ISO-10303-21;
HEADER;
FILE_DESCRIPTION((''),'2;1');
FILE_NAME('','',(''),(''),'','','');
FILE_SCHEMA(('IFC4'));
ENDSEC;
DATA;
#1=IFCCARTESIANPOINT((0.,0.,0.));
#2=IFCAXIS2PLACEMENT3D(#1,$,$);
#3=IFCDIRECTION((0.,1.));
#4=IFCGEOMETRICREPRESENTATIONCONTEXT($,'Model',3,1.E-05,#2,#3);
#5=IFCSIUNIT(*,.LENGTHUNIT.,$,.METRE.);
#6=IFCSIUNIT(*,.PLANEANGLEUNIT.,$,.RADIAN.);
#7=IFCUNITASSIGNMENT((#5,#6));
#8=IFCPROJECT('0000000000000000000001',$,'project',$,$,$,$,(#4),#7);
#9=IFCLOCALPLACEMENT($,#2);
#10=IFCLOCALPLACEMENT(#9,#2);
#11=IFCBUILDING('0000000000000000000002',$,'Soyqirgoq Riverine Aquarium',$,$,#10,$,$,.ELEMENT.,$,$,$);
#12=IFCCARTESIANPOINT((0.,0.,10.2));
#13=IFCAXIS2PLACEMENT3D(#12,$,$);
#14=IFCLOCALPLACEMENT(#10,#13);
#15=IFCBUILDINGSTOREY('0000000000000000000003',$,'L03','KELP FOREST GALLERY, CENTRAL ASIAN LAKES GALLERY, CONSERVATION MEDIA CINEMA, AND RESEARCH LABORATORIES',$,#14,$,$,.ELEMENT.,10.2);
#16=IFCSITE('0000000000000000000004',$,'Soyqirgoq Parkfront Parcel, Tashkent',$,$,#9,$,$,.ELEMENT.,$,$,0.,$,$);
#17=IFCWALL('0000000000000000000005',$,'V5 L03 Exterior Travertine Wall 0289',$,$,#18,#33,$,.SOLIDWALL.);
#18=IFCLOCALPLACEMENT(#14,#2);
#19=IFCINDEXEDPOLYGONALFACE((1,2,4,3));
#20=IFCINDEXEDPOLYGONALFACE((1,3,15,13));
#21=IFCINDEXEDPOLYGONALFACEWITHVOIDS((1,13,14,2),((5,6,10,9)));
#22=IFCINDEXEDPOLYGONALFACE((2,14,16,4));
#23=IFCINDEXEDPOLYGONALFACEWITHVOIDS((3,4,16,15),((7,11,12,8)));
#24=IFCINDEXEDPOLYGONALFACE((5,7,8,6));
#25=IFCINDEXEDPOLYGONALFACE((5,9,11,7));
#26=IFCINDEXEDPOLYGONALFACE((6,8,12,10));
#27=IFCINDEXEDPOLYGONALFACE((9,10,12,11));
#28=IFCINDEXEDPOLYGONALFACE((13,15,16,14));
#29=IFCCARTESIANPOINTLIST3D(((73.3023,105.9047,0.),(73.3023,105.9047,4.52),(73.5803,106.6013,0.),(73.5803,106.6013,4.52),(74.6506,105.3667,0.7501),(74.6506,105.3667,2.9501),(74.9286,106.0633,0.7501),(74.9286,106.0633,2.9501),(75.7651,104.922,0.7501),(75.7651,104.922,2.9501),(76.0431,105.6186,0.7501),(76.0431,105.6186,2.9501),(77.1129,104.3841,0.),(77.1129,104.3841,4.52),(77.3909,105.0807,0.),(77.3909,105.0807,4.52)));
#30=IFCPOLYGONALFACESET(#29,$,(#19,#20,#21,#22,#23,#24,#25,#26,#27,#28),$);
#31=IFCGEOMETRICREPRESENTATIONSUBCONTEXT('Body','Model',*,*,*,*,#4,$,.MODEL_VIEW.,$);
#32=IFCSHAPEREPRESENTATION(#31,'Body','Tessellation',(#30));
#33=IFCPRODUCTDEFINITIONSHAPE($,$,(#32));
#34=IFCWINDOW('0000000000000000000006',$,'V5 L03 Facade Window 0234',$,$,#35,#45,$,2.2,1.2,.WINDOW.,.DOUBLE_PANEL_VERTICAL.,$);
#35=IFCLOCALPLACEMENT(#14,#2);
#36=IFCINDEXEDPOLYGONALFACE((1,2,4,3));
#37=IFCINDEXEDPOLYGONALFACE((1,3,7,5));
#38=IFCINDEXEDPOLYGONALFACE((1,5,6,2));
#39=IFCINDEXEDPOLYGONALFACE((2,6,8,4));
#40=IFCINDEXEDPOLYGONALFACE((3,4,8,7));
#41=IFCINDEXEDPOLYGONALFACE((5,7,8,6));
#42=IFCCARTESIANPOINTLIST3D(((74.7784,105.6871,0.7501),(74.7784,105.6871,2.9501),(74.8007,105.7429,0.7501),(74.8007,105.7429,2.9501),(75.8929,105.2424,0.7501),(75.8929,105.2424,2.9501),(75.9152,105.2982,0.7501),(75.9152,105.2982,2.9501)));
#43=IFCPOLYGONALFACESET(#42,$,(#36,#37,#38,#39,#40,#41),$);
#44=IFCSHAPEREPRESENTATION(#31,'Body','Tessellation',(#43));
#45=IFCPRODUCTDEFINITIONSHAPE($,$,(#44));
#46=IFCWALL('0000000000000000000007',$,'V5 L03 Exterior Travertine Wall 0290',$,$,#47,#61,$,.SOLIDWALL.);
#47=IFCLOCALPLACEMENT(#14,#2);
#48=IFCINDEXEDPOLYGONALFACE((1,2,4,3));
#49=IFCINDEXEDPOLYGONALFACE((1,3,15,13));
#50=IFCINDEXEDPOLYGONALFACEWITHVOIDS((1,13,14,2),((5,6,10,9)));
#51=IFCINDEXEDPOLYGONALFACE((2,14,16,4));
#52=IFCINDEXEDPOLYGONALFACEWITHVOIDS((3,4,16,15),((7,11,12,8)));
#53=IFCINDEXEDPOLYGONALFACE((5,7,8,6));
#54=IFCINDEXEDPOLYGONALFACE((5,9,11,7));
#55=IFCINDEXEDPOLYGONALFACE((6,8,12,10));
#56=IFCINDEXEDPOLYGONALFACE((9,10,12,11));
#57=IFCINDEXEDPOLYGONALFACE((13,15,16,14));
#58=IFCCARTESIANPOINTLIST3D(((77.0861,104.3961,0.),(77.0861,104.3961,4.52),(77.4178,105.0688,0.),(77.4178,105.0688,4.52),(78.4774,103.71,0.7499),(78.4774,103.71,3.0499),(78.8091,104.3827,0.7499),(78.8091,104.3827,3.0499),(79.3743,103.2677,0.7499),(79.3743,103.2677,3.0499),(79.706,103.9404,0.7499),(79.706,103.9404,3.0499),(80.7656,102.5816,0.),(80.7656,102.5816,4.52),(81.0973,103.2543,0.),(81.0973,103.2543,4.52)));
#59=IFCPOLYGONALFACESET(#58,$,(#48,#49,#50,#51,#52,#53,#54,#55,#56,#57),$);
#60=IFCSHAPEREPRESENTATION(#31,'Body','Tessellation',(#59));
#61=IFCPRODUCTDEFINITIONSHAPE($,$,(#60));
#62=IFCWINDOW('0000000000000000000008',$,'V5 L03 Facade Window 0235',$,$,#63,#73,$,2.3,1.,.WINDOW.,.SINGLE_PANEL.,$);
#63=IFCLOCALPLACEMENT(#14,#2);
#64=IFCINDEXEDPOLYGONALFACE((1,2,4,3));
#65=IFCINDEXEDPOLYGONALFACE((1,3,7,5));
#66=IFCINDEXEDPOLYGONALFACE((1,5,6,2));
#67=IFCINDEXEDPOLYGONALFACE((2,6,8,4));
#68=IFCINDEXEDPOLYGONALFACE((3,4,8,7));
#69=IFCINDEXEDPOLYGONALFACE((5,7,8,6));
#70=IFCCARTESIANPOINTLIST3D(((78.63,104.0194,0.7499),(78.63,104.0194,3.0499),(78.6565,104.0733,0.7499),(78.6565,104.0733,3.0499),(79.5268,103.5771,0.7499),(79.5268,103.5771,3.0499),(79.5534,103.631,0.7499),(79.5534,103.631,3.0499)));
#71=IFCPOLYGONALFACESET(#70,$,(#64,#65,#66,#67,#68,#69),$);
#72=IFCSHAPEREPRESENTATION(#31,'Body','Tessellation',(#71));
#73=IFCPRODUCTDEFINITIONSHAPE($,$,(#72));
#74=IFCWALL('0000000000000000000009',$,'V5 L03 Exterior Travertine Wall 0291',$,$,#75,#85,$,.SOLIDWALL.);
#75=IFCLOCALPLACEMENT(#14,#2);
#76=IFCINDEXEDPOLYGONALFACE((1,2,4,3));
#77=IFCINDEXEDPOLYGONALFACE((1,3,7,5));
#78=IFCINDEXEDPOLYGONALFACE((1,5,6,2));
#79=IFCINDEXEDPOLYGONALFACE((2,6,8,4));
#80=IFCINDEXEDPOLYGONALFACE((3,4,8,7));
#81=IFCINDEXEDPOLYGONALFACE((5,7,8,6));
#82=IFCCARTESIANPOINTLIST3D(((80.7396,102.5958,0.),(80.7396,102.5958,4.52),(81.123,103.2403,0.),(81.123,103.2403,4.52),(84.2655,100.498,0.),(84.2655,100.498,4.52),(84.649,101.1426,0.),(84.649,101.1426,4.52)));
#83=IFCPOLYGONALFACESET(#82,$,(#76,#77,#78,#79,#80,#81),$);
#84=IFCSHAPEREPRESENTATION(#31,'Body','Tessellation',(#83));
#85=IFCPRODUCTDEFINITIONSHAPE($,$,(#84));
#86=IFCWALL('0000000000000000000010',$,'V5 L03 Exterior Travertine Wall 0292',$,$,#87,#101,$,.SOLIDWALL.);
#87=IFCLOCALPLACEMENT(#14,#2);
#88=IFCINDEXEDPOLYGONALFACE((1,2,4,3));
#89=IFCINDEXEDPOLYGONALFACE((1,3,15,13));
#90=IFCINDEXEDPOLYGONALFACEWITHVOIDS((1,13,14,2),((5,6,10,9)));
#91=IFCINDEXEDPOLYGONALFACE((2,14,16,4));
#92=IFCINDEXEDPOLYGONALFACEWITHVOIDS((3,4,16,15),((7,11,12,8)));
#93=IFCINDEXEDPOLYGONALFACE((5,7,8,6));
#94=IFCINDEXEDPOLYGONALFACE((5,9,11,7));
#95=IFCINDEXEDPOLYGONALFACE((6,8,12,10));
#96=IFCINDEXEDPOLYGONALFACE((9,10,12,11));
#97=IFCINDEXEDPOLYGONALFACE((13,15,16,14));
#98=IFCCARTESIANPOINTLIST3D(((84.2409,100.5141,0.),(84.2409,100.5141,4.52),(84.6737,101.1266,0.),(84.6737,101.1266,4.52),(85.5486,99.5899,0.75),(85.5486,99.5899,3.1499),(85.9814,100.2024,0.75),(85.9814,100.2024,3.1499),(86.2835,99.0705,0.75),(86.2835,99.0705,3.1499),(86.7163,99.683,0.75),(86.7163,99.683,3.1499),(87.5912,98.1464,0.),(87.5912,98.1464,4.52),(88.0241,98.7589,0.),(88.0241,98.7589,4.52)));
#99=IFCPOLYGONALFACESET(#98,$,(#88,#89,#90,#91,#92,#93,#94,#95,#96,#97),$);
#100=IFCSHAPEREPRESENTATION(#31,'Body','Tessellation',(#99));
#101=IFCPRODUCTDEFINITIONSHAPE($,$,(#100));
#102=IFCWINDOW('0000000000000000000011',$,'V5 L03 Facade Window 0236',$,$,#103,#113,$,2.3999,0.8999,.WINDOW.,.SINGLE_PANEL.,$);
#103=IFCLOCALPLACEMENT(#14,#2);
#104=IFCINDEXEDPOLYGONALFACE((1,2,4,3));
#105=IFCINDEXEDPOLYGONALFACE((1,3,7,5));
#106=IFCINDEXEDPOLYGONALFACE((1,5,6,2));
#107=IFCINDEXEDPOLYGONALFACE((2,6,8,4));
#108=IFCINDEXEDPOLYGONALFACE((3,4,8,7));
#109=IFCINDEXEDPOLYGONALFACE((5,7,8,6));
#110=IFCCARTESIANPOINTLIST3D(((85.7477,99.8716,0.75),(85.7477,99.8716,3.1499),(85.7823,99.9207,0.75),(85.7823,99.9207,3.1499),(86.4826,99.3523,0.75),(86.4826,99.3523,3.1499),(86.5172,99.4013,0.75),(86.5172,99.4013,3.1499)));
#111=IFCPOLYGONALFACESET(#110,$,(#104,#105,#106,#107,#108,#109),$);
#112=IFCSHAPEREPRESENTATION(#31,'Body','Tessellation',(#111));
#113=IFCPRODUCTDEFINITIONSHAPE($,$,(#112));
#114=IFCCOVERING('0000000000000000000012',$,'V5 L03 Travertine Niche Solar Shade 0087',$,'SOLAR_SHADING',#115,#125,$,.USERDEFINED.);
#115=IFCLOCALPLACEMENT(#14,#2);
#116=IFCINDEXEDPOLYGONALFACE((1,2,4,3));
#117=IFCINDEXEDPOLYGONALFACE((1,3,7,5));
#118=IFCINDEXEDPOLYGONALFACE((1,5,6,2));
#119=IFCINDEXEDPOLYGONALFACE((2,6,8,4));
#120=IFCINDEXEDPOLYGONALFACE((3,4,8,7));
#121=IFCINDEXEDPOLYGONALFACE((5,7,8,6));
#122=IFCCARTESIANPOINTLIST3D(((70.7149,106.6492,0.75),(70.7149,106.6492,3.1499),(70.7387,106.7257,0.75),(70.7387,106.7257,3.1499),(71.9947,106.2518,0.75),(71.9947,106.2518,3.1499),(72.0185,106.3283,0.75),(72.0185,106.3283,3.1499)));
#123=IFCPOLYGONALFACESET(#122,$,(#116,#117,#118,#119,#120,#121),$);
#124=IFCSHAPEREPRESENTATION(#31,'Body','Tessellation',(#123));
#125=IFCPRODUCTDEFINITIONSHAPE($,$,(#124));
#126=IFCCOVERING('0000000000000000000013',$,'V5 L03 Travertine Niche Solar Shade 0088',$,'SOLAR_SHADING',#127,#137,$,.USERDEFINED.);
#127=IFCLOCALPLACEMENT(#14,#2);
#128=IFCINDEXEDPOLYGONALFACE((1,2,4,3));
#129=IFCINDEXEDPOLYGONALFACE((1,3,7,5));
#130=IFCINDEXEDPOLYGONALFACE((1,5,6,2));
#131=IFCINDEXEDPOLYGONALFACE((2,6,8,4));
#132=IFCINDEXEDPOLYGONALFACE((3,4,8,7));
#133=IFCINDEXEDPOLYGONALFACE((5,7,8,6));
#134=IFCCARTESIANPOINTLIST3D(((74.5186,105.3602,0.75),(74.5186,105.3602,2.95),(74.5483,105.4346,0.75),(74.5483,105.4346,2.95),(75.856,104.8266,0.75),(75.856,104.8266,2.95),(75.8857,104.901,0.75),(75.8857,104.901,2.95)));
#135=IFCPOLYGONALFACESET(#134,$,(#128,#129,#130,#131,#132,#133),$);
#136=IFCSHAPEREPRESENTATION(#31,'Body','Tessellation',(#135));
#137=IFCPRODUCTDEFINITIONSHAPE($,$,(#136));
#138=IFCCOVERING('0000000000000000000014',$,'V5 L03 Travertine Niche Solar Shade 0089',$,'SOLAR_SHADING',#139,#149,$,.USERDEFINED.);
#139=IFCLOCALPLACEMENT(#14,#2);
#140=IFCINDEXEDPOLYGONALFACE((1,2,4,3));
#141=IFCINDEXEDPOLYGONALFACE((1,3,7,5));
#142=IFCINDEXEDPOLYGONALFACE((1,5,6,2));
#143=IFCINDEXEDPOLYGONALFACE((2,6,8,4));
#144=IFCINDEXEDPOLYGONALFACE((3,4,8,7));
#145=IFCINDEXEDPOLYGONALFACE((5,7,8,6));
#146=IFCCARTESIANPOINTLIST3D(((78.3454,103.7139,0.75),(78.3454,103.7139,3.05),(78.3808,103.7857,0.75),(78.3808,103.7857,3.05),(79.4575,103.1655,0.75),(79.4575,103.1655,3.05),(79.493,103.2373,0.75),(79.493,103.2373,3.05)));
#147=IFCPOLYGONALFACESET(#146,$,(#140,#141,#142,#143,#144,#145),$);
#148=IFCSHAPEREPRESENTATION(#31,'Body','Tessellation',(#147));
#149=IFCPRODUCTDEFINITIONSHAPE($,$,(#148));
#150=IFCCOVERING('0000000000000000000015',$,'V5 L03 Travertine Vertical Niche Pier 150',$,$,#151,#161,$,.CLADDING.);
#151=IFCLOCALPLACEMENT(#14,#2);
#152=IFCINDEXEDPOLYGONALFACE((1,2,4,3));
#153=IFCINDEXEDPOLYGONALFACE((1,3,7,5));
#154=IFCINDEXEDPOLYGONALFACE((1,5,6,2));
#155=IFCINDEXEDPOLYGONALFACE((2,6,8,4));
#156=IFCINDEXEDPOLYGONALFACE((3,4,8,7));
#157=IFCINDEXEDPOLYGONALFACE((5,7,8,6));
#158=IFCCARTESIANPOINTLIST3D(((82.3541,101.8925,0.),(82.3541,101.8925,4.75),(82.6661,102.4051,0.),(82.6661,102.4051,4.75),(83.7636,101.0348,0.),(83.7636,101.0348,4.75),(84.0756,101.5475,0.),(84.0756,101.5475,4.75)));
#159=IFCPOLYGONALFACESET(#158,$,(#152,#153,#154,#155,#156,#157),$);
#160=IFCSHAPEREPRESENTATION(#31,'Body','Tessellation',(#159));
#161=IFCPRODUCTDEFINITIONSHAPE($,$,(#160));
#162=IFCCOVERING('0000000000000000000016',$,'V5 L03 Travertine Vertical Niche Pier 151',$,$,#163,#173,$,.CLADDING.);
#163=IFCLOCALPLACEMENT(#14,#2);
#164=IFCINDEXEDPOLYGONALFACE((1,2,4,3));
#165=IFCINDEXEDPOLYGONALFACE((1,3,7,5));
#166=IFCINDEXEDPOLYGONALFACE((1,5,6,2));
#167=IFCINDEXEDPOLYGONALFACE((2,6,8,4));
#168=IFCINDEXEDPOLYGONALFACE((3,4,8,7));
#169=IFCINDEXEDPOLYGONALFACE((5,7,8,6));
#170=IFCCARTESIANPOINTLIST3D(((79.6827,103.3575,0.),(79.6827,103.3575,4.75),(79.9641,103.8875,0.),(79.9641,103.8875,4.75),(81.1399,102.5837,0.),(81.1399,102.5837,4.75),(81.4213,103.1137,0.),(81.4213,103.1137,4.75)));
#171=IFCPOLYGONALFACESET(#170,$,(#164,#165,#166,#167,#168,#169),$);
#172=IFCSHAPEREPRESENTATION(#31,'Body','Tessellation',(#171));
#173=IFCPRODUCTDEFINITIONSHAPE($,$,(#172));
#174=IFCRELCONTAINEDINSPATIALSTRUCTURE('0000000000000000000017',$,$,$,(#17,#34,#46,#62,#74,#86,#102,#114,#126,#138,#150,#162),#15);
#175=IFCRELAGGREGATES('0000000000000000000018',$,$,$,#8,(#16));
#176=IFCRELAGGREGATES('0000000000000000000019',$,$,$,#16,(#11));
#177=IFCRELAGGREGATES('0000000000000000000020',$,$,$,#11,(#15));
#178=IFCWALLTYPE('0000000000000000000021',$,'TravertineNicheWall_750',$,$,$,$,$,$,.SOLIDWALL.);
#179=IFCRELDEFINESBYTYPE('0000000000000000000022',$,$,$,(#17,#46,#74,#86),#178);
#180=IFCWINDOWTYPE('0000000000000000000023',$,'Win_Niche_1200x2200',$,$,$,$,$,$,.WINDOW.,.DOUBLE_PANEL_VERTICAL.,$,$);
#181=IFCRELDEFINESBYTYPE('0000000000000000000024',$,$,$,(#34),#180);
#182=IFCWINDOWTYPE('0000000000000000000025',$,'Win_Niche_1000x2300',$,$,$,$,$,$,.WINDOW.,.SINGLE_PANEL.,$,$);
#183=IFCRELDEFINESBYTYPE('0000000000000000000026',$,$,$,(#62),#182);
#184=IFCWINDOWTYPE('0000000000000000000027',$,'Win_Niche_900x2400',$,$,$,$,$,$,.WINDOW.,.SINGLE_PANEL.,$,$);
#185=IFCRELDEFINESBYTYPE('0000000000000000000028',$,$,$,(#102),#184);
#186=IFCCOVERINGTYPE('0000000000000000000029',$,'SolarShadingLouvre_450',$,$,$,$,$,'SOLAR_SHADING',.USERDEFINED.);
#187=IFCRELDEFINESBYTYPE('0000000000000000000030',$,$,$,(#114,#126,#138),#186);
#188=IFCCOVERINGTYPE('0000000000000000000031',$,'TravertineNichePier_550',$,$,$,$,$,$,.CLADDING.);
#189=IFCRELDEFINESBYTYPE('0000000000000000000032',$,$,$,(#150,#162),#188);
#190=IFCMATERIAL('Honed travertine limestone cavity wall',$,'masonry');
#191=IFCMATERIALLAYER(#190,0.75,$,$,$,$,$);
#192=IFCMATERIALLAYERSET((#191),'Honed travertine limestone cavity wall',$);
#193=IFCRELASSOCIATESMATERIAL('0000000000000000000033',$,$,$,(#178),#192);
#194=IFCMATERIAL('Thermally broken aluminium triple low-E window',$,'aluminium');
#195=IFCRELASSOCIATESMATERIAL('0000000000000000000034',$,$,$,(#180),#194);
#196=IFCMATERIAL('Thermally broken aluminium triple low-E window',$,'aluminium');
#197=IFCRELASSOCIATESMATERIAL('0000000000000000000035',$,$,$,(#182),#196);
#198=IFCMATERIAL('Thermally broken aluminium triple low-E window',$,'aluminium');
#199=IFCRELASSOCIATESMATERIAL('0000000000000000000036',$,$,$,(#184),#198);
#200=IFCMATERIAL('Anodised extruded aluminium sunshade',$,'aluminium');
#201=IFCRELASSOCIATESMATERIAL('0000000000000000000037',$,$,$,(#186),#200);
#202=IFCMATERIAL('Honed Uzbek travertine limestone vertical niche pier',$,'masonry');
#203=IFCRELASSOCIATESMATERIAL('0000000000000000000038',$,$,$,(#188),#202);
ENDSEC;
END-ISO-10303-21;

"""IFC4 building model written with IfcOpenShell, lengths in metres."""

from ifc_helpers import new_model, si_unit, direction, frame, frame_2d, origin, origin_2d, place, context, subcontext, project, spatial, rectangle, extrude, material, layer, layer_set, type_object, element, fill, save


model = new_model("IFC4")

# Units and contexts
model_context = context("Model", 3, precision=1e-05, world=origin(), true_north=direction((0.0, 1.0)))
body_context = subcontext(model_context, "Body", "Model", "MODEL_VIEW")
ifc_project = project(units=[si_unit("LENGTHUNIT", "METRE"), si_unit("PLANEANGLEUNIT", "RADIAN")], contexts=[model_context])

# Site, building, storey
site_placement = place(None, origin())
site = spatial("IfcSite", under=ifc_project, at=site_placement, Name="Soyqirgoq Parkfront Parcel, Tashkent", CompositionType="ELEMENT", RefElevation=0.0)
building_placement = place(site_placement, origin())
building = spatial("IfcBuilding", under=site, at=building_placement, Name="Soyqirgoq Riverine Aquarium", CompositionType="ELEMENT")
storey_placement = place(building_placement, frame((0.0, 0.0, 10.2)))
storey = spatial("IfcBuildingStorey", under=building, at=storey_placement, Name="L03", Description="KELP FOREST GALLERY, CENTRAL ASIAN LAKES GALLERY, CONSERVATION MEDIA CINEMA, AND RESEARCH LABORATORIES", CompositionType="ELEMENT", Elevation=10.2)

# Walls, openings, windows
ifc_material_1 = material(Name="Honed travertine limestone cavity wall", Category="masonry")
ifc_layer = layer(ifc_material_1, 0.75)
ifc_layer_set = layer_set([ifc_layer], Name="Honed travertine limestone cavity wall")
wall_type = type_object("IfcWallType", Name="TravertineNicheWall_750", PredefinedType="SOLIDWALL", material=ifc_layer_set)
wall_1_placement = place(storey_placement, frame((73.4414, 106.2529, 0.0), z_axis=(0.0, 0.0, 1.0), x_axis=(0.928788, -0.370611, 0.0)))
wall_1 = element("IfcWall", 1, at=wall_1_placement, inside=storey, type_object=wall_type, Name="V5 L03 Exterior Travertine Wall 0289", PredefinedType="SOLIDWALL", context=body_context, shape_type="SweptSolid", body=[
    extrude(rectangle(XDim=4.1028, YDim=0.75, at=frame_2d((2.0513, 0.0))), origin(), (0.0, 0.0, 1.0), 4.52),
])
opening_1_placement = place(wall_1_placement, frame((1.4514, 0.0, 0.75)))
opening_1 = element("IfcOpeningElement", 2, at=opening_1_placement, cuts=wall_1, PredefinedType="OPENING", context=body_context, shape_type="SweptSolid", body=[
    extrude(rectangle(XDim=1.2, YDim=2.2, at=frame_2d((0.6001, 1.1001))), frame((0.0, 0.385, 0.0), z_axis=(0.0, -1.0, 0.0), x_axis=(1.0, 0.0, 0.0)), (0.0, 0.0, 1.0), 0.77),
])
ifc_material_2 = material(Name="Thermally broken aluminium triple low-E window", Category="aluminium")
window_type_1 = type_object("IfcWindowType", Name="Win_Niche_1200x2200", PartitioningType="DOUBLE_PANEL_VERTICAL", PredefinedType="WINDOW", material=ifc_material_2)
window_1_placement = place(opening_1_placement, origin())
window_1 = element("IfcWindow", 3, at=window_1_placement, inside=storey, type_object=window_type_1, Name="V5 L03 Facade Window 0234", OverallHeight=2.2, OverallWidth=1.2, PartitioningType="DOUBLE_PANEL_VERTICAL", PredefinedType="WINDOW", context=body_context, shape_type="SweptSolid", body=[
    extrude(rectangle(XDim=1.2, YDim=2.2, at=frame_2d((0.6001, 1.1001))), frame((0.0, 0.03, 0.0), z_axis=(0.0, -1.0, 0.0), x_axis=(1.0, 0.0, 0.0)), (0.0, 0.0, 1.0), 0.0601),
])
fill(opening_1, window_1)
wall_2_placement = place(storey_placement, frame((77.252, 104.7324, 0.0), z_axis=(0.0, 0.0, 1.0), x_axis=(0.896877, -0.442279, 0.0)))
wall_2 = element("IfcWall", 4, at=wall_2_placement, inside=storey, type_object=wall_type, Name="V5 L03 Exterior Travertine Wall 0290", PredefinedType="SOLIDWALL", context=body_context, shape_type="SweptSolid", body=[
    extrude(rectangle(XDim=4.1025, YDim=0.75, at=frame_2d((2.0513, 0.0))), origin(), (0.0, 0.0, 1.0), 4.52),
])
opening_2_placement = place(wall_2_placement, frame((1.5513, 0.0, 0.75)))
opening_2 = element("IfcOpeningElement", 5, at=opening_2_placement, cuts=wall_2, PredefinedType="OPENING", context=body_context, shape_type="SweptSolid", body=[
    extrude(rectangle(XDim=1.0, YDim=2.3, at=frame_2d((0.5, 1.1499))), frame((0.0, 0.385, 0.0), z_axis=(0.0, -1.0, 0.0), x_axis=(1.0, 0.0, 0.0)), (0.0, 0.0, 1.0), 0.77),
])
ifc_material_3 = material(Name="Thermally broken aluminium triple low-E window", Category="aluminium")
window_type_2 = type_object("IfcWindowType", Name="Win_Niche_1000x2300", PartitioningType="SINGLE_PANEL", PredefinedType="WINDOW", material=ifc_material_3)
window_2_placement = place(opening_2_placement, origin())
window_2 = element("IfcWindow", 6, at=window_2_placement, inside=storey, type_object=window_type_2, Name="V5 L03 Facade Window 0235", OverallHeight=2.3, OverallWidth=1.0, PartitioningType="SINGLE_PANEL", PredefinedType="WINDOW", context=body_context, shape_type="SweptSolid", body=[
    extrude(rectangle(XDim=1.0, YDim=2.3, at=frame_2d((0.5, 1.1499))), frame((0.0, 0.03, 0.0), z_axis=(0.0, -1.0, 0.0), x_axis=(1.0, 0.0, 0.0)), (0.0, 0.0, 1.0), 0.0601),
])
fill(opening_2, window_2)

# Wall
wall_3_placement = place(storey_placement, frame((80.9314, 102.918, 0.0), z_axis=(0.0, 0.0, 1.0), x_axis=(0.859409, -0.511289, 0.0)))
element("IfcWall", 7, at=wall_3_placement, inside=storey, type_object=wall_type, Name="V5 L03 Exterior Travertine Wall 0291", PredefinedType="SOLIDWALL", context=body_context, shape_type="SweptSolid", body=[
    extrude(rectangle(XDim=4.1028, YDim=0.75, at=frame_2d((2.0513, 0.0))), origin(), (0.0, 0.0, 1.0), 4.52),
])

# Wall, opening, window
wall_4_placement = place(storey_placement, frame((84.4573, 100.8203, 0.0), z_axis=(0.0, 0.0, 1.0), x_axis=(0.816654, -0.577127, 0.0)))
wall_4 = element("IfcWall", 8, at=wall_4_placement, inside=storey, type_object=wall_type, Name="V5 L03 Exterior Travertine Wall 0292", PredefinedType="SOLIDWALL", context=body_context, shape_type="SweptSolid", body=[
    extrude(rectangle(XDim=4.1025, YDim=0.75, at=frame_2d((2.0513, 0.0))), origin(), (0.0, 0.0, 1.0), 4.52),
])
opening_3_placement = place(wall_4_placement, frame((1.6013, 0.0, 0.75)))
opening_3 = element("IfcOpeningElement", 9, at=opening_3_placement, cuts=wall_4, PredefinedType="OPENING", context=body_context, shape_type="SweptSolid", body=[
    extrude(rectangle(XDim=0.8999, YDim=2.3999, at=frame_2d((0.45, 1.2))), frame((0.0, 0.385, 0.0), z_axis=(0.0, -1.0, 0.0), x_axis=(1.0, 0.0, 0.0)), (0.0, 0.0, 1.0), 0.77),
])
ifc_material_4 = material(Name="Thermally broken aluminium triple low-E window", Category="aluminium")
window_type_3 = type_object("IfcWindowType", Name="Win_Niche_900x2400", PartitioningType="SINGLE_PANEL", PredefinedType="WINDOW", material=ifc_material_4)
window_3_placement = place(opening_3_placement, origin())
window_3 = element("IfcWindow", 10, at=window_3_placement, inside=storey, type_object=window_type_3, Name="V5 L03 Facade Window 0236", OverallHeight=2.3999, OverallWidth=0.8999, PartitioningType="SINGLE_PANEL", PredefinedType="WINDOW", context=body_context, shape_type="SweptSolid", body=[
    extrude(rectangle(XDim=0.8999, YDim=2.3999, at=frame_2d((0.45, 1.2))), frame((0.0, 0.03, 0.0), z_axis=(0.0, -1.0, 0.0), x_axis=(1.0, 0.0, 0.0)), (0.0, 0.0, 1.0), 0.0601),
])
fill(opening_3, window_3)

# Coverings
ifc_material_5 = material(Name="Anodised extruded aluminium sunshade", Category="aluminium")
covering_type_1 = type_object("IfcCoveringType", Name="SolarShadingLouvre_450", ElementType="SOLAR_SHADING", PredefinedType="USERDEFINED", material=ifc_material_5)
covering_1_placement = place(storey_placement, frame((71.3667, 106.4888, 0.75), z_axis=(0.0, 0.0, 1.0), x_axis=(0.95502, -0.296542, 0.0)))
element("IfcCovering", 11, at=covering_1_placement, inside=storey, type_object=covering_type_1, Name="V5 L03 Travertine Niche Solar Shade 0087", ObjectType="SOLAR_SHADING", PredefinedType="USERDEFINED", context=body_context, shape_type="SweptSolid", body=[
    extrude(rectangle(XDim=1.3401, YDim=0.0801, at=origin_2d()), origin(), (0.0, 0.0, 1.0), 2.3999),
])
covering_2_placement = place(storey_placement, frame((75.2021, 105.1306, 0.75), z_axis=(0.0, 0.0, 1.0), x_axis=(0.92881, -0.370557, 0.0)))
element("IfcCovering", 12, at=covering_2_placement, inside=storey, type_object=covering_type_1, Name="V5 L03 Travertine Niche Solar Shade 0088", ObjectType="SOLAR_SHADING", PredefinedType="USERDEFINED", context=body_context, shape_type="SweptSolid", body=[
    extrude(rectangle(XDim=1.4399, YDim=0.0801, at=origin_2d()), origin(), (0.0, 0.0, 1.0), 2.2),
])
covering_3_placement = place(storey_placement, frame((78.9192, 103.4756, 0.75), z_axis=(0.0, 0.0, 1.0), x_axis=(0.896873, -0.442289, 0.0)))
element("IfcCovering", 13, at=covering_3_placement, inside=storey, type_object=covering_type_1, Name="V5 L03 Travertine Niche Solar Shade 0089", ObjectType="SOLAR_SHADING", PredefinedType="USERDEFINED", context=body_context, shape_type="SweptSolid", body=[
    extrude(rectangle(XDim=1.24, YDim=0.0801, at=origin_2d()), origin(), (0.0, 0.0, 1.0), 2.3),
])
ifc_material_6 = material(Name="Honed Uzbek travertine limestone vertical niche pier", Category="masonry")
covering_type_2 = type_object("IfcCoveringType", Name="TravertineNichePier_550", PredefinedType="CLADDING", material=ifc_material_6)
for number, where, z_axis, x_axis, name in (
    (14, (83.2148, 101.72, 0.0), (0.0, 0.0, 1.0), (0.519817, 0.854277, 0.0), "V5 L03 Travertine Vertical Niche Pier 150"),
    (15, (80.552, 103.2356, 0.0), (0.0, 0.0, 1.0), (0.469009, 0.883193, 0.0), "V5 L03 Travertine Vertical Niche Pier 151"),
):
    element("IfcCovering", number, at=place(storey_placement, frame(where, z_axis=z_axis, x_axis=x_axis)), inside=storey, type_object=covering_type_2, Name=name, PredefinedType="CLADDING", context=body_context, shape_type="SweptSolid", body=[
        extrude(rectangle(XDim=0.6001, YDim=1.6499, at=origin_2d()), origin(), (0.0, 0.0, 1.0), 4.75),
    ])

save(model, "model.ifc")
